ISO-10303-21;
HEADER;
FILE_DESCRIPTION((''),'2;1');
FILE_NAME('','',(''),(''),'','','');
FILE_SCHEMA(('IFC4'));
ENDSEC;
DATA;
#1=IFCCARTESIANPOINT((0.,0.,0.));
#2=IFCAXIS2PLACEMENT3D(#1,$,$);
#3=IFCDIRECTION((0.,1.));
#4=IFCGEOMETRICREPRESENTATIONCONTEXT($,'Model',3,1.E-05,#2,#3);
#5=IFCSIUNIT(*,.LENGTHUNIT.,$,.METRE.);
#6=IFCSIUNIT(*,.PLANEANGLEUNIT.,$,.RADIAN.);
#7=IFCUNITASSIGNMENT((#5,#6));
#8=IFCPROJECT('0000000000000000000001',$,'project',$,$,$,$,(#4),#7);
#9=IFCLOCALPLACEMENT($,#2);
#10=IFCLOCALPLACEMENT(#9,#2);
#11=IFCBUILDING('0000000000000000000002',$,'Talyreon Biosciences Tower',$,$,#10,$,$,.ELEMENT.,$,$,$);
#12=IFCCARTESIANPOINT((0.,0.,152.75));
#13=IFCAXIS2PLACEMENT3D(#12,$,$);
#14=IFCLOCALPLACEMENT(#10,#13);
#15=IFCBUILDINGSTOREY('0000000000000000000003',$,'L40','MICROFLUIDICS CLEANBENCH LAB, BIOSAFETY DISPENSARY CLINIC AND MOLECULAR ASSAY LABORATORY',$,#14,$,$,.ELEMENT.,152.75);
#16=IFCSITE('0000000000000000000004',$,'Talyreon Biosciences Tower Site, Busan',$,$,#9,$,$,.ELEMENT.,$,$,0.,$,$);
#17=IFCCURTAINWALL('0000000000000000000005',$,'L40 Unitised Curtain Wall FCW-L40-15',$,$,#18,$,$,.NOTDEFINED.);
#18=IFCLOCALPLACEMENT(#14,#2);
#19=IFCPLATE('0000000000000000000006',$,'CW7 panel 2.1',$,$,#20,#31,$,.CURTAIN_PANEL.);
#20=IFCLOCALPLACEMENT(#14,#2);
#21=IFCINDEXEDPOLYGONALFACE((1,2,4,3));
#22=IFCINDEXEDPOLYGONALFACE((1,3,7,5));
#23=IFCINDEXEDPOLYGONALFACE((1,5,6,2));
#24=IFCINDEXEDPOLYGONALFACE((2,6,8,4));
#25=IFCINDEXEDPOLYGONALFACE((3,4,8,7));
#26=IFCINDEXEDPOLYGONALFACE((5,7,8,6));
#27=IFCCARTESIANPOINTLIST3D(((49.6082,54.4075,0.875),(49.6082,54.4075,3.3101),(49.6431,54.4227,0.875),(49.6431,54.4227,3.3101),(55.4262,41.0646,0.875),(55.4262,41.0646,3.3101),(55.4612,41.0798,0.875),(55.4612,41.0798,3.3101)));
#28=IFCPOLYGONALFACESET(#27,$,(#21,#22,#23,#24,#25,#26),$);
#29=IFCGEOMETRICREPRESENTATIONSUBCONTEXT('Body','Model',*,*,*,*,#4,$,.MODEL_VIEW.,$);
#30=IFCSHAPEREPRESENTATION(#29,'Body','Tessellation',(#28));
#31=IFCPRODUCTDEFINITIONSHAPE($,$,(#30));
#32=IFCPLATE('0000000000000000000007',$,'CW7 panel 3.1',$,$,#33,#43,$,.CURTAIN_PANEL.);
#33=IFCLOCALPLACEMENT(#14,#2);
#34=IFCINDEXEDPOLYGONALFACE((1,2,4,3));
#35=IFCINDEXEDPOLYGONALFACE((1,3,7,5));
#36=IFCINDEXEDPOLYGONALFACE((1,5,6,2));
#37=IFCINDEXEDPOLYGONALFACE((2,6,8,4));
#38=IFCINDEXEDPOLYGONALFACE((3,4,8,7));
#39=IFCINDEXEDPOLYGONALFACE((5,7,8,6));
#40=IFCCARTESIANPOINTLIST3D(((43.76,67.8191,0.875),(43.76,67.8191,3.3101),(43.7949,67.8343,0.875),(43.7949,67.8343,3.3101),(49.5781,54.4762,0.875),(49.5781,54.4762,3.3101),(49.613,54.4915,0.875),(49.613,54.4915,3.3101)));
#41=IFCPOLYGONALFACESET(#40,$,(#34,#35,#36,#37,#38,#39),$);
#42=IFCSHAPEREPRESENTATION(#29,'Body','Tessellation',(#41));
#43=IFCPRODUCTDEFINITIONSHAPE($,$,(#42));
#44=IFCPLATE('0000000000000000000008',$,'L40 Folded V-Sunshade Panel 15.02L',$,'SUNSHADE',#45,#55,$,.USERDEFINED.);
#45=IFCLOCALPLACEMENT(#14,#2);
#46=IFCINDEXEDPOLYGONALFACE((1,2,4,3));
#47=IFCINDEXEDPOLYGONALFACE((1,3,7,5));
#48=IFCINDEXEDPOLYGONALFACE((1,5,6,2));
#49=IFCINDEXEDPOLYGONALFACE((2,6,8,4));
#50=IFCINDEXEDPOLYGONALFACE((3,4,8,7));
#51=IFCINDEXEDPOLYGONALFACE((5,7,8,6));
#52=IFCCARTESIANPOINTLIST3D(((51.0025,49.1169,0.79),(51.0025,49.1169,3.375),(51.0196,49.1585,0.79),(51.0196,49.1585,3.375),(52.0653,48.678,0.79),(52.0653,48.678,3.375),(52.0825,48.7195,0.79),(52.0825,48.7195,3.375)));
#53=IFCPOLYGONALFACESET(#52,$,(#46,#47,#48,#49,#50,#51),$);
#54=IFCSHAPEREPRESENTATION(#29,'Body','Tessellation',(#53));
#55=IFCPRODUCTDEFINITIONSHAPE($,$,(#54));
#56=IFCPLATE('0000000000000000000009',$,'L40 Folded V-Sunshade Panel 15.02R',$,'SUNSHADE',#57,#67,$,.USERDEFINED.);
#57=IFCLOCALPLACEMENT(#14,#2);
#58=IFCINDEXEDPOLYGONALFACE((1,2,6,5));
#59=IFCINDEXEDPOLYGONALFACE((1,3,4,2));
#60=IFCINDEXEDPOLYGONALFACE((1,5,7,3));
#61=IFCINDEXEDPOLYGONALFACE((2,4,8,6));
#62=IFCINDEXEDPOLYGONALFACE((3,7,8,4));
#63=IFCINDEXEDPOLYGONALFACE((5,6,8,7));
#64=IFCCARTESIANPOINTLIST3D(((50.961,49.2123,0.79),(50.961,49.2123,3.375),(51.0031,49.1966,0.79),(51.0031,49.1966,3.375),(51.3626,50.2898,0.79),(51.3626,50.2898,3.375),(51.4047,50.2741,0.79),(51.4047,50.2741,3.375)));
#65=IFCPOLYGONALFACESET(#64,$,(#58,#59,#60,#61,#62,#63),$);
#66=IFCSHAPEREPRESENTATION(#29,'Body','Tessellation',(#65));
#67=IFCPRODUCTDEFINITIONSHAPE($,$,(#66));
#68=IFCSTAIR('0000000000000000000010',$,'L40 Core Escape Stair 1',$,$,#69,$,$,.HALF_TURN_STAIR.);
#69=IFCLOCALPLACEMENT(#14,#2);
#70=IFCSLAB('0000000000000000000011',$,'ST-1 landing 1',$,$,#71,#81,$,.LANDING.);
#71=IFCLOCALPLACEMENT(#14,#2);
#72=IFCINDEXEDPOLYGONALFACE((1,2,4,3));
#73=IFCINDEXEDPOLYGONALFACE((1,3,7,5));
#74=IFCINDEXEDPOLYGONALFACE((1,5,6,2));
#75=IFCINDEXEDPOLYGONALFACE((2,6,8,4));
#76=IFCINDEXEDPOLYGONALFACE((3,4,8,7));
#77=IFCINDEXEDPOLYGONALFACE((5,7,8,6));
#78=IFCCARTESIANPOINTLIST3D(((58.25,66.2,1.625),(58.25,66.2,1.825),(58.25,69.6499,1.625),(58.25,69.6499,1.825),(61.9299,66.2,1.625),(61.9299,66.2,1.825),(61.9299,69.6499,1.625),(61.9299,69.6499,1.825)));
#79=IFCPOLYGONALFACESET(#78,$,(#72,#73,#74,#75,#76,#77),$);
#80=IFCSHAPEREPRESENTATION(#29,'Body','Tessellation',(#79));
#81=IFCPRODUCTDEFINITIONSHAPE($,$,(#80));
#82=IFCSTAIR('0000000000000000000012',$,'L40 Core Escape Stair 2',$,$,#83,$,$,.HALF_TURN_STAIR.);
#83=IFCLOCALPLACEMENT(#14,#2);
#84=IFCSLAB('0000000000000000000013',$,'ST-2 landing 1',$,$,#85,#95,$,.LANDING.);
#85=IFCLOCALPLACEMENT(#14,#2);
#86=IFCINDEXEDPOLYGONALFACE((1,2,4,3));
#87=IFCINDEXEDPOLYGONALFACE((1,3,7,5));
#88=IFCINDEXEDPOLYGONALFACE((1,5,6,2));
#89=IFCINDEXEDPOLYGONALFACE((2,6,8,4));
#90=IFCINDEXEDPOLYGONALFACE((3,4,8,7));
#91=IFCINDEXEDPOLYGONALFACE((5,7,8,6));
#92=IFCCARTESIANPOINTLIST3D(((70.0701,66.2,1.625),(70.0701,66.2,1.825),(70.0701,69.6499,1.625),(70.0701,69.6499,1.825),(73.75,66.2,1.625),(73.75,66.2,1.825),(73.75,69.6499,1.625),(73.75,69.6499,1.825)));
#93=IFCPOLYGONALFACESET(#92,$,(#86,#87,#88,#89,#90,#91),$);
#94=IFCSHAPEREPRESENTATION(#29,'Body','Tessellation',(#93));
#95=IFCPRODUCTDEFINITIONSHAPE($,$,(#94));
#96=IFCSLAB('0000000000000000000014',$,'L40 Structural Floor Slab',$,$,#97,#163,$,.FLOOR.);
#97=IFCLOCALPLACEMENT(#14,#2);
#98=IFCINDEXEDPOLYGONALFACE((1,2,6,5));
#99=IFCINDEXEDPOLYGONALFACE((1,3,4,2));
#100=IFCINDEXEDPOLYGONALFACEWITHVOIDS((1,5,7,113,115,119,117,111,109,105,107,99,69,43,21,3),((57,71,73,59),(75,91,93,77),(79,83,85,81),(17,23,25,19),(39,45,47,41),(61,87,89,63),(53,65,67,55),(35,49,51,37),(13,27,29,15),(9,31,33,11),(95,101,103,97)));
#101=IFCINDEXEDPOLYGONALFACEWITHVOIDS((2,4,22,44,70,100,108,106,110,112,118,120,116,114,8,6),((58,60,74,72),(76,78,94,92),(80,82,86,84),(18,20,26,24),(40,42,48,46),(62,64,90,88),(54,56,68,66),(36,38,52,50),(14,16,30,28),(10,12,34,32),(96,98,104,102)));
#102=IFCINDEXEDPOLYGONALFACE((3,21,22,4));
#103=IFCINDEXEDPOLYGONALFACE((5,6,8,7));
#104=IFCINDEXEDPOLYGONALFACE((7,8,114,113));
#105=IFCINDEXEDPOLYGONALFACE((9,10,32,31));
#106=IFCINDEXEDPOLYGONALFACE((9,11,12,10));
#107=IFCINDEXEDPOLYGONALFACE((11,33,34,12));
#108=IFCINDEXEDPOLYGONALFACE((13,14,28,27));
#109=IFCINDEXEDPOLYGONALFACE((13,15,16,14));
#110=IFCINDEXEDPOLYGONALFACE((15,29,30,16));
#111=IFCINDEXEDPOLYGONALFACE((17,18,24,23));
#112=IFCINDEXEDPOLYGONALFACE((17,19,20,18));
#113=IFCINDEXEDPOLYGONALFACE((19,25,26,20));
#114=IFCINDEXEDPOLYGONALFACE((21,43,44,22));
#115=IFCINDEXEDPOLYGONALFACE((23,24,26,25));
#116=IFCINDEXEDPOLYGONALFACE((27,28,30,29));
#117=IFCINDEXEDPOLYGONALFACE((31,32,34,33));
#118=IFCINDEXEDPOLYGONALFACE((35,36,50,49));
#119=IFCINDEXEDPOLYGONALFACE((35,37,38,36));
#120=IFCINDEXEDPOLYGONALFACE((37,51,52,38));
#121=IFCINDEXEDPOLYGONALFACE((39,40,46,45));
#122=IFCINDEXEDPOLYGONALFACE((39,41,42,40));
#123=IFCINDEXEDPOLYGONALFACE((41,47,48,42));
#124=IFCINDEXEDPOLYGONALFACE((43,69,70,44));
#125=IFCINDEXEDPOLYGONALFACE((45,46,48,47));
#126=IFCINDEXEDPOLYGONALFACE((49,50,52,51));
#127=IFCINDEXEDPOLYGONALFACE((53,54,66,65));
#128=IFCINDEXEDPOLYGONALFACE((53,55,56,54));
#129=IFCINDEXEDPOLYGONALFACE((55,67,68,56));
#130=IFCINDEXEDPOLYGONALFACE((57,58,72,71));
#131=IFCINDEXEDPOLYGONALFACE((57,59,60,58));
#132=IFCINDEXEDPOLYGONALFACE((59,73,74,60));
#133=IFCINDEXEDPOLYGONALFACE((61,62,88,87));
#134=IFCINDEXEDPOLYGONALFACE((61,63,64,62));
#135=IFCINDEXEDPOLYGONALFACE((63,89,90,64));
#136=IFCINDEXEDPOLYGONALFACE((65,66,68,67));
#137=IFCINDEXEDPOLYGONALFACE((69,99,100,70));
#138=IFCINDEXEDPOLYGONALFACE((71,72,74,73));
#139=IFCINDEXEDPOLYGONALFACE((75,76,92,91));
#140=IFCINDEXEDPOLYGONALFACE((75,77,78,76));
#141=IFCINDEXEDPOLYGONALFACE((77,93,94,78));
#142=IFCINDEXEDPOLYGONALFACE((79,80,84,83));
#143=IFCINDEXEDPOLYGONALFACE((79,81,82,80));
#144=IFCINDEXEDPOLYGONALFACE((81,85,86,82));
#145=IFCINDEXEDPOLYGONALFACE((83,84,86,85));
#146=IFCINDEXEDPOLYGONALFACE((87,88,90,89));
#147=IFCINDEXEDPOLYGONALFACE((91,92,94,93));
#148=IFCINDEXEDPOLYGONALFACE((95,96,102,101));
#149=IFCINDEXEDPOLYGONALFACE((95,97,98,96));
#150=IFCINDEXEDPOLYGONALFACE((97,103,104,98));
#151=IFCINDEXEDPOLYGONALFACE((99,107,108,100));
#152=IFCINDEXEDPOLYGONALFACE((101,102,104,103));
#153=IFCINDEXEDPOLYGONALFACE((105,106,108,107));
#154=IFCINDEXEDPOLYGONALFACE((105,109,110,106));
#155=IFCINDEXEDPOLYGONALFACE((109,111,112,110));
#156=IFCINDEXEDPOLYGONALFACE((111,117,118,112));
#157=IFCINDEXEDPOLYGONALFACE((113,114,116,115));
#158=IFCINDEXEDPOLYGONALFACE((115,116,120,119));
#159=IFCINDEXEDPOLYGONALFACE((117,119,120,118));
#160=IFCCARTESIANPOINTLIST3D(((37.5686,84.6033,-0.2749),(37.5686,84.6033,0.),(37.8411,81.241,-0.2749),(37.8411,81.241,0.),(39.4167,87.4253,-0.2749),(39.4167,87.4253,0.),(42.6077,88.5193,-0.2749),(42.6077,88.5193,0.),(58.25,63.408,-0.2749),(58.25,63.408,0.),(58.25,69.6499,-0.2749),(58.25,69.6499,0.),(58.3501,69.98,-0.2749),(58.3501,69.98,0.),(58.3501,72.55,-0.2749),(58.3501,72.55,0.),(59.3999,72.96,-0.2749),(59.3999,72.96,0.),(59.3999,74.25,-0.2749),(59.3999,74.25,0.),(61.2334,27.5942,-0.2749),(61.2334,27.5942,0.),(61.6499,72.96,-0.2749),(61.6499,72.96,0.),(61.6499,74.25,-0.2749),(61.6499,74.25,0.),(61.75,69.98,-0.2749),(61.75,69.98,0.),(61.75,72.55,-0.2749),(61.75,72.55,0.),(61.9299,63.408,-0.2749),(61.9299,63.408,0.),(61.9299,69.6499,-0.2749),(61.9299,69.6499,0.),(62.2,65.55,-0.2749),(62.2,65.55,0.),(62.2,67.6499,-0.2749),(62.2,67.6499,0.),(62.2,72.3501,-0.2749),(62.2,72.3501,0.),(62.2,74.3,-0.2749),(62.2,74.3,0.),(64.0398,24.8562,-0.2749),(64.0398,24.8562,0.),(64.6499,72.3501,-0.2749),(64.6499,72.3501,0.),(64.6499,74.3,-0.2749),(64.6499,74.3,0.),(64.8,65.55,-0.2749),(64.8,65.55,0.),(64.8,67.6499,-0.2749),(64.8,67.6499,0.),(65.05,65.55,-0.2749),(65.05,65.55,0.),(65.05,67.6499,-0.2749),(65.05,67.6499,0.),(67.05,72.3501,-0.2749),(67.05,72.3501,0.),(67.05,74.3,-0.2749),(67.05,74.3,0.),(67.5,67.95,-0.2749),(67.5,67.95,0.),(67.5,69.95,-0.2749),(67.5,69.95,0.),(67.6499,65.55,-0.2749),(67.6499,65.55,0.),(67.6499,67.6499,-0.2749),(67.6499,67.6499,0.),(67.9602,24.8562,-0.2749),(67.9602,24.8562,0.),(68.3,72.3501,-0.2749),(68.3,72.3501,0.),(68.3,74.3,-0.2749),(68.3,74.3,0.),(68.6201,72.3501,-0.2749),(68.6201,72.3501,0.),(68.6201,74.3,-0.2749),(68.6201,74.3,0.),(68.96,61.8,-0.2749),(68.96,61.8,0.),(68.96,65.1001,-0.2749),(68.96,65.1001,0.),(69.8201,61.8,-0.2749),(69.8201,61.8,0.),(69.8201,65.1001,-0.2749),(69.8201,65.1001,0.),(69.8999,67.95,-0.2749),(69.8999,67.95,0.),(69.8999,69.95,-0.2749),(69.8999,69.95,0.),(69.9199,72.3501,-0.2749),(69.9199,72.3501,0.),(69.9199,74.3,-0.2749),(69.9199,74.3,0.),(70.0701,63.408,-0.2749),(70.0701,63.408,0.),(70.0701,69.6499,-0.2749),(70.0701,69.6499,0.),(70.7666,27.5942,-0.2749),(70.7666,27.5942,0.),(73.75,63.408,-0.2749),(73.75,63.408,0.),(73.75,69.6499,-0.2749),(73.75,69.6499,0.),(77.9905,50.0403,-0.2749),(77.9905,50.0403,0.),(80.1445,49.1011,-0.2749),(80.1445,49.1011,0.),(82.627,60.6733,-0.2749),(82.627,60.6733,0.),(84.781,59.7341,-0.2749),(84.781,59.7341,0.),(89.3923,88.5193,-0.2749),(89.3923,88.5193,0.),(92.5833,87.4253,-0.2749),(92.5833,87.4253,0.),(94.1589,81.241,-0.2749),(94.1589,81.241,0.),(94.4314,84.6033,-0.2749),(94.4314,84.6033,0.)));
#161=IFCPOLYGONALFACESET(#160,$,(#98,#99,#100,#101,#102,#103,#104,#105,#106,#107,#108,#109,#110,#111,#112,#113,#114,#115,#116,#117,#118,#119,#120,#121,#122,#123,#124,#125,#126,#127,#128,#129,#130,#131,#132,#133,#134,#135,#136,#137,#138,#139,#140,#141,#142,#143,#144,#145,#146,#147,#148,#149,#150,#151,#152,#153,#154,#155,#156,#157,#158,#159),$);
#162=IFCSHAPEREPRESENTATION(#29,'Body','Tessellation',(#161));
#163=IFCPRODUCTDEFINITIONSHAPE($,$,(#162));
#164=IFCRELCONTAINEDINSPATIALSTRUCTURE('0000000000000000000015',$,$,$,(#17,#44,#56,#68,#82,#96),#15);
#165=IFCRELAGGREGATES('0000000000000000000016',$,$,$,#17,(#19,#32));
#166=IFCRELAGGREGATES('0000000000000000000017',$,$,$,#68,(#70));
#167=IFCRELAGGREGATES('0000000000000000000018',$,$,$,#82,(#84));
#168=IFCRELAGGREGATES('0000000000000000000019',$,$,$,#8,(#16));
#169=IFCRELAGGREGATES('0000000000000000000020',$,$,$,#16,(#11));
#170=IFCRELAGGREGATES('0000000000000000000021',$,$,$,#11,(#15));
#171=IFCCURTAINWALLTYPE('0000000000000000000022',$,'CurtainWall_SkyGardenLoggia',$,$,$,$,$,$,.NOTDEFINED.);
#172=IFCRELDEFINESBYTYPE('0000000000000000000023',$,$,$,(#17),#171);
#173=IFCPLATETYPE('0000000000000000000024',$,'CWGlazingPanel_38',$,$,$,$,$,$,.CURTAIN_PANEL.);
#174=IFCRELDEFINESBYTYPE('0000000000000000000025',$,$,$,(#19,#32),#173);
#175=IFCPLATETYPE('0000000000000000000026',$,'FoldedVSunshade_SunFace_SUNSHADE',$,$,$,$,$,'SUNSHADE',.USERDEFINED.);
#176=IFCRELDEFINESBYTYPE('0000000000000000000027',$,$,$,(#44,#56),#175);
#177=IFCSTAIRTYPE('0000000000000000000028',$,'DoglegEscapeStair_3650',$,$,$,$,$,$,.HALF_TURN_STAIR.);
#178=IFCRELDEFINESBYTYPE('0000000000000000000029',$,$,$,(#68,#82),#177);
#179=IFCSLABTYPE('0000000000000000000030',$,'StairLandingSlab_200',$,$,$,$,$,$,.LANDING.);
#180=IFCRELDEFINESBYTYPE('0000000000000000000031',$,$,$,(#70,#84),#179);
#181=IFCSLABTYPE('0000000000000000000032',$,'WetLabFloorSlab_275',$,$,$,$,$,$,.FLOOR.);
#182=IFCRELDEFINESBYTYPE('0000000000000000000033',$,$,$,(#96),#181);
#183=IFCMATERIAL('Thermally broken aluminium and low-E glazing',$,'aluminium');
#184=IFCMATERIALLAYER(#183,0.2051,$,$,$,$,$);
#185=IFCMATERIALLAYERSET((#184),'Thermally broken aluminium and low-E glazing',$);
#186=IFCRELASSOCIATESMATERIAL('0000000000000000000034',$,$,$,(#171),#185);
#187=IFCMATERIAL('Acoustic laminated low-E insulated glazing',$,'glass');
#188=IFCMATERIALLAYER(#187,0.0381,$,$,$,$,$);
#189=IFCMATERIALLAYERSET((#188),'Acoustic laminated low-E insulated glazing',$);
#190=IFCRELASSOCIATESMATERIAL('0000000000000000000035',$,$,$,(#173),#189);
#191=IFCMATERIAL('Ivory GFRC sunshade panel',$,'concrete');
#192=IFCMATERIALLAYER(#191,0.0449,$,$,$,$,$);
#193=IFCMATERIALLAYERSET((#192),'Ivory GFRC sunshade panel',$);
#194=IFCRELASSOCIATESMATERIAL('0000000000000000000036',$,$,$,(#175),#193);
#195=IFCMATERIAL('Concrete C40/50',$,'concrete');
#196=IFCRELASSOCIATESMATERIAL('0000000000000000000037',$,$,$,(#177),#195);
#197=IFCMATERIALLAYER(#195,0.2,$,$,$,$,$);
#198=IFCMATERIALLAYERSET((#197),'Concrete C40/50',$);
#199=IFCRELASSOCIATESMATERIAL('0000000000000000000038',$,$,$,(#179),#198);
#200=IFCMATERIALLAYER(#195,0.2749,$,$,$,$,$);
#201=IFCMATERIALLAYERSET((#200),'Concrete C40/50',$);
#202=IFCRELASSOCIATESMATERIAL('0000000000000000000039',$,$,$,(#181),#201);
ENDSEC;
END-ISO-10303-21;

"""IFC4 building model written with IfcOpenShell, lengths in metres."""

from ifc_helpers import new_model, si_unit, direction, frame, origin, origin_2d, place, context, subcontext, project, spatial, polyline, rectangle, outline, extrude, material, layer, layer_set, type_object, element, aggregate, save


model = new_model("IFC4")

# Units and contexts
model_context = context("Model", 3, precision=1e-05, world=origin(), true_north=direction((0.0, 1.0)))
body_context = subcontext(model_context, "Body", "Model", "MODEL_VIEW")
ifc_project = project(units=[si_unit("LENGTHUNIT", "METRE"), si_unit("PLANEANGLEUNIT", "RADIAN")], contexts=[model_context])

# Site, building, storey
site_placement = place(None, origin())
site = spatial("IfcSite", under=ifc_project, at=site_placement, Name="Talyreon Biosciences Tower Site, Busan", CompositionType="ELEMENT", RefElevation=0.0)
building_placement = place(site_placement, origin())
building = spatial("IfcBuilding", under=site, at=building_placement, Name="Talyreon Biosciences Tower", CompositionType="ELEMENT")
storey_placement = place(building_placement, frame((0.0, 0.0, 152.75)))
storey = spatial("IfcBuildingStorey", under=building, at=storey_placement, Name="L40", Description="MICROFLUIDICS CLEANBENCH LAB, BIOSAFETY DISPENSARY CLINIC AND MOLECULAR ASSAY LABORATORY", CompositionType="ELEMENT", Elevation=152.75)

# Curtain wall
ifc_material_1 = material(Name="Thermally broken aluminium and low-E glazing", Category="aluminium")
ifc_layer_1 = layer(ifc_material_1, 0.2051)
ifc_layer_set_1 = layer_set([ifc_layer_1], Name="Thermally broken aluminium and low-E glazing")
curtain_wall_type = type_object("IfcCurtainWallType", Name="CurtainWall_SkyGardenLoggia", PredefinedType="NOTDEFINED", material=ifc_layer_set_1)
curtain_wall_placement = place(storey_placement, origin())
curtain_wall = element("IfcCurtainWall", 1, at=curtain_wall_placement, inside=storey, type_object=curtain_wall_type, Name="L40 Unitised Curtain Wall FCW-L40-15", PredefinedType="NOTDEFINED")

# Plates
ifc_material_2 = material(Name="Acoustic laminated low-E insulated glazing", Category="glass")
ifc_layer_2 = layer(ifc_material_2, 0.0381)
ifc_layer_set_2 = layer_set([ifc_layer_2], Name="Acoustic laminated low-E insulated glazing")
plate_type_1 = type_object("IfcPlateType", Name="CWGlazingPanel_38", PredefinedType="CURTAIN_PANEL", material=ifc_layer_set_2)
plate_1_placement = place(storey_placement, frame((52.5347, 47.7437, 0.875), z_axis=(0.0, 0.0, 1.0), x_axis=(-0.399698, 0.916647, 0.0)))
plate_1 = element("IfcPlate", 2, at=plate_1_placement, type_object=plate_type_1, Name="CW7 panel 2.1", PredefinedType="CURTAIN_PANEL", context=body_context, shape_type="SweptSolid", body=[
    extrude(rectangle(XDim=14.5562, YDim=0.0381, at=origin_2d()), origin(), (0.0, 0.0, 1.0), 2.4351),
])
plate_2_placement = place(storey_placement, frame((46.6865, 61.1553, 0.875), z_axis=(0.0, 0.0, 1.0), x_axis=(-0.399698, 0.916647, 0.0)))
plate_2 = element("IfcPlate", 3, at=plate_2_placement, type_object=plate_type_1, Name="CW7 panel 3.1", PredefinedType="CURTAIN_PANEL", context=body_context, shape_type="SweptSolid", body=[
    extrude(rectangle(XDim=14.5562, YDim=0.0381, at=origin_2d()), origin(), (0.0, 0.0, 1.0), 2.4351),
])
aggregate(curtain_wall, [plate_1, plate_2])

# Plates
ifc_material_3 = material(Name="Ivory GFRC sunshade panel", Category="concrete")
ifc_layer_3 = layer(ifc_material_3, 0.0449)
ifc_layer_set_3 = layer_set([ifc_layer_3], Name="Ivory GFRC sunshade panel")
plate_type_2 = type_object("IfcPlateType", Name="FoldedVSunshade_SunFace_SUNSHADE", ElementType="SUNSHADE", PredefinedType="USERDEFINED", material=ifc_layer_set_3)
for number, where, z_axis, x_axis, name in (
    (4, (51.5425, 48.9182, 0.79), (0.0, 0.0, 1.0), (-0.924273, 0.381732, 0.0), "L40 Folded V-Sunshade Panel 15.02L"),
    (5, (51.1829, 49.7432, 0.79), (0.0, 0.0, 1.0), (0.349243, 0.937032, 0.0), "L40 Folded V-Sunshade Panel 15.02R"),
):
    element("IfcPlate", number, at=place(storey_placement, frame(where, z_axis=z_axis, x_axis=x_axis)), inside=storey, type_object=plate_type_2, Name=name, ObjectType="SUNSHADE", PredefinedType="USERDEFINED", context=body_context, shape_type="SweptSolid", body=[
        extrude(rectangle(XDim=1.1499, YDim=0.0449, at=origin_2d()), origin(), (0.0, 0.0, 1.0), 2.585),
    ])

# Stairs, slabs
ifc_material_4 = material(Name="Concrete C40/50", Category="concrete")
stair_type = type_object("IfcStairType", Name="DoglegEscapeStair_3650", PredefinedType="HALF_TURN_STAIR", material=ifc_material_4)
stair_1_placement = place(storey_placement, origin())
stair_1 = element("IfcStair", 6, at=stair_1_placement, inside=storey, type_object=stair_type, Name="L40 Core Escape Stair 1", PredefinedType="HALF_TURN_STAIR")
ifc_layer_4 = layer(ifc_material_4, 0.2)
ifc_layer_set_4 = layer_set([ifc_layer_4], Name="Concrete C40/50")
slab_type_1 = type_object("IfcSlabType", Name="StairLandingSlab_200", PredefinedType="LANDING", material=ifc_layer_set_4)
slab_1_placement = place(storey_placement, frame((0.0, 0.0, 1.625)))
slab_1 = element("IfcSlab", 7, at=slab_1_placement, type_object=slab_type_1, Name="ST-1 landing 1", PredefinedType="LANDING", context=body_context, shape_type="SweptSolid", body=[
    extrude(outline(polyline([(61.9299, 66.2), (61.9299, 69.6499), (58.25, 69.6499), (58.25, 66.2), (61.9299, 66.2)])), origin(), (0.0, 0.0, 1.0), 0.2),
])
aggregate(stair_1, [slab_1])
stair_2_placement = place(storey_placement, origin())
stair_2 = element("IfcStair", 8, at=stair_2_placement, inside=storey, type_object=stair_type, Name="L40 Core Escape Stair 2", PredefinedType="HALF_TURN_STAIR")
slab_2_placement = place(storey_placement, frame((0.0, 0.0, 1.625)))
slab_2 = element("IfcSlab", 9, at=slab_2_placement, type_object=slab_type_1, Name="ST-2 landing 1", PredefinedType="LANDING", context=body_context, shape_type="SweptSolid", body=[
    extrude(outline(polyline([(73.75, 66.2), (73.75, 69.6499), (70.0701, 69.6499), (70.0701, 66.2), (73.75, 66.2)])), origin(), (0.0, 0.0, 1.0), 0.2),
])
aggregate(stair_2, [slab_2])

# Slab
ifc_layer_5 = layer(ifc_material_4, 0.2749)
ifc_layer_set_5 = layer_set([ifc_layer_5], Name="Concrete C40/50")
slab_type_2 = type_object("IfcSlabType", Name="WetLabFloorSlab_275", PredefinedType="FLOOR", material=ifc_layer_set_5)
slab_3_placement = place(storey_placement, frame((0.0, 0.0, -0.2749)))
element("IfcSlab", 10, at=slab_3_placement, inside=storey, type_object=slab_type_2, Name="L40 Structural Floor Slab", PredefinedType="FLOOR", context=body_context, shape_type="SweptSolid", body=[
    extrude(outline(polyline([(37.8411, 81.241), (37.5686, 84.6033), (39.4167, 87.4253), (42.6077, 88.5193), (89.3923, 88.5193), (92.5833, 87.4253), (94.4314, 84.6033), (94.1589, 81.241), (84.781, 59.7341), (82.627, 60.6733), (77.9905, 50.0403), (80.1445, 49.1011), (70.7666, 27.5942), (67.9602, 24.8562), (64.0398, 24.8562), (61.2334, 27.5942), (37.8411, 81.241)]), holes=[polyline([(61.9299, 69.6499), (61.9299, 63.408), (58.25, 63.408), (58.25, 69.6499), (61.9299, 69.6499)]), polyline([(64.8, 67.6499), (64.8, 65.55), (62.2, 65.55), (62.2, 67.6499), (64.8, 67.6499)]), polyline([(67.6499, 67.6499), (67.6499, 65.55), (65.05, 65.55), (65.05, 67.6499), (67.6499, 67.6499)]), polyline([(61.75, 69.98), (58.3501, 69.98), (58.3501, 72.55), (61.75, 72.55), (61.75, 69.98)]), polyline([(64.6499, 72.3501), (62.2, 72.3501), (62.2, 74.3), (64.6499, 74.3), (64.6499, 72.3501)]), polyline([(61.6499, 74.25), (61.6499, 72.96), (59.3999, 72.96), (59.3999, 74.25), (61.6499, 74.25)]), polyline([(69.8201, 61.8), (68.96, 61.8), (68.96, 65.1001), (69.8201, 65.1001), (69.8201, 61.8)]), polyline([(73.75, 63.408), (70.0701, 63.408), (70.0701, 69.6499), (73.75, 69.6499), (73.75, 63.408)]), polyline([(69.8999, 69.95), (69.8999, 67.95), (67.5, 67.95), (67.5, 69.95), (69.8999, 69.95)]), polyline([(68.3, 72.3501), (67.05, 72.3501), (67.05, 74.3), (68.3, 74.3), (68.3, 72.3501)]), polyline([(69.9199, 72.3501), (68.6201, 72.3501), (68.6201, 74.3), (69.9199, 74.3), (69.9199, 72.3501)])]), origin(), (0.0, 0.0, 1.0), 0.2749),
])

save(model, "model.ifc")
